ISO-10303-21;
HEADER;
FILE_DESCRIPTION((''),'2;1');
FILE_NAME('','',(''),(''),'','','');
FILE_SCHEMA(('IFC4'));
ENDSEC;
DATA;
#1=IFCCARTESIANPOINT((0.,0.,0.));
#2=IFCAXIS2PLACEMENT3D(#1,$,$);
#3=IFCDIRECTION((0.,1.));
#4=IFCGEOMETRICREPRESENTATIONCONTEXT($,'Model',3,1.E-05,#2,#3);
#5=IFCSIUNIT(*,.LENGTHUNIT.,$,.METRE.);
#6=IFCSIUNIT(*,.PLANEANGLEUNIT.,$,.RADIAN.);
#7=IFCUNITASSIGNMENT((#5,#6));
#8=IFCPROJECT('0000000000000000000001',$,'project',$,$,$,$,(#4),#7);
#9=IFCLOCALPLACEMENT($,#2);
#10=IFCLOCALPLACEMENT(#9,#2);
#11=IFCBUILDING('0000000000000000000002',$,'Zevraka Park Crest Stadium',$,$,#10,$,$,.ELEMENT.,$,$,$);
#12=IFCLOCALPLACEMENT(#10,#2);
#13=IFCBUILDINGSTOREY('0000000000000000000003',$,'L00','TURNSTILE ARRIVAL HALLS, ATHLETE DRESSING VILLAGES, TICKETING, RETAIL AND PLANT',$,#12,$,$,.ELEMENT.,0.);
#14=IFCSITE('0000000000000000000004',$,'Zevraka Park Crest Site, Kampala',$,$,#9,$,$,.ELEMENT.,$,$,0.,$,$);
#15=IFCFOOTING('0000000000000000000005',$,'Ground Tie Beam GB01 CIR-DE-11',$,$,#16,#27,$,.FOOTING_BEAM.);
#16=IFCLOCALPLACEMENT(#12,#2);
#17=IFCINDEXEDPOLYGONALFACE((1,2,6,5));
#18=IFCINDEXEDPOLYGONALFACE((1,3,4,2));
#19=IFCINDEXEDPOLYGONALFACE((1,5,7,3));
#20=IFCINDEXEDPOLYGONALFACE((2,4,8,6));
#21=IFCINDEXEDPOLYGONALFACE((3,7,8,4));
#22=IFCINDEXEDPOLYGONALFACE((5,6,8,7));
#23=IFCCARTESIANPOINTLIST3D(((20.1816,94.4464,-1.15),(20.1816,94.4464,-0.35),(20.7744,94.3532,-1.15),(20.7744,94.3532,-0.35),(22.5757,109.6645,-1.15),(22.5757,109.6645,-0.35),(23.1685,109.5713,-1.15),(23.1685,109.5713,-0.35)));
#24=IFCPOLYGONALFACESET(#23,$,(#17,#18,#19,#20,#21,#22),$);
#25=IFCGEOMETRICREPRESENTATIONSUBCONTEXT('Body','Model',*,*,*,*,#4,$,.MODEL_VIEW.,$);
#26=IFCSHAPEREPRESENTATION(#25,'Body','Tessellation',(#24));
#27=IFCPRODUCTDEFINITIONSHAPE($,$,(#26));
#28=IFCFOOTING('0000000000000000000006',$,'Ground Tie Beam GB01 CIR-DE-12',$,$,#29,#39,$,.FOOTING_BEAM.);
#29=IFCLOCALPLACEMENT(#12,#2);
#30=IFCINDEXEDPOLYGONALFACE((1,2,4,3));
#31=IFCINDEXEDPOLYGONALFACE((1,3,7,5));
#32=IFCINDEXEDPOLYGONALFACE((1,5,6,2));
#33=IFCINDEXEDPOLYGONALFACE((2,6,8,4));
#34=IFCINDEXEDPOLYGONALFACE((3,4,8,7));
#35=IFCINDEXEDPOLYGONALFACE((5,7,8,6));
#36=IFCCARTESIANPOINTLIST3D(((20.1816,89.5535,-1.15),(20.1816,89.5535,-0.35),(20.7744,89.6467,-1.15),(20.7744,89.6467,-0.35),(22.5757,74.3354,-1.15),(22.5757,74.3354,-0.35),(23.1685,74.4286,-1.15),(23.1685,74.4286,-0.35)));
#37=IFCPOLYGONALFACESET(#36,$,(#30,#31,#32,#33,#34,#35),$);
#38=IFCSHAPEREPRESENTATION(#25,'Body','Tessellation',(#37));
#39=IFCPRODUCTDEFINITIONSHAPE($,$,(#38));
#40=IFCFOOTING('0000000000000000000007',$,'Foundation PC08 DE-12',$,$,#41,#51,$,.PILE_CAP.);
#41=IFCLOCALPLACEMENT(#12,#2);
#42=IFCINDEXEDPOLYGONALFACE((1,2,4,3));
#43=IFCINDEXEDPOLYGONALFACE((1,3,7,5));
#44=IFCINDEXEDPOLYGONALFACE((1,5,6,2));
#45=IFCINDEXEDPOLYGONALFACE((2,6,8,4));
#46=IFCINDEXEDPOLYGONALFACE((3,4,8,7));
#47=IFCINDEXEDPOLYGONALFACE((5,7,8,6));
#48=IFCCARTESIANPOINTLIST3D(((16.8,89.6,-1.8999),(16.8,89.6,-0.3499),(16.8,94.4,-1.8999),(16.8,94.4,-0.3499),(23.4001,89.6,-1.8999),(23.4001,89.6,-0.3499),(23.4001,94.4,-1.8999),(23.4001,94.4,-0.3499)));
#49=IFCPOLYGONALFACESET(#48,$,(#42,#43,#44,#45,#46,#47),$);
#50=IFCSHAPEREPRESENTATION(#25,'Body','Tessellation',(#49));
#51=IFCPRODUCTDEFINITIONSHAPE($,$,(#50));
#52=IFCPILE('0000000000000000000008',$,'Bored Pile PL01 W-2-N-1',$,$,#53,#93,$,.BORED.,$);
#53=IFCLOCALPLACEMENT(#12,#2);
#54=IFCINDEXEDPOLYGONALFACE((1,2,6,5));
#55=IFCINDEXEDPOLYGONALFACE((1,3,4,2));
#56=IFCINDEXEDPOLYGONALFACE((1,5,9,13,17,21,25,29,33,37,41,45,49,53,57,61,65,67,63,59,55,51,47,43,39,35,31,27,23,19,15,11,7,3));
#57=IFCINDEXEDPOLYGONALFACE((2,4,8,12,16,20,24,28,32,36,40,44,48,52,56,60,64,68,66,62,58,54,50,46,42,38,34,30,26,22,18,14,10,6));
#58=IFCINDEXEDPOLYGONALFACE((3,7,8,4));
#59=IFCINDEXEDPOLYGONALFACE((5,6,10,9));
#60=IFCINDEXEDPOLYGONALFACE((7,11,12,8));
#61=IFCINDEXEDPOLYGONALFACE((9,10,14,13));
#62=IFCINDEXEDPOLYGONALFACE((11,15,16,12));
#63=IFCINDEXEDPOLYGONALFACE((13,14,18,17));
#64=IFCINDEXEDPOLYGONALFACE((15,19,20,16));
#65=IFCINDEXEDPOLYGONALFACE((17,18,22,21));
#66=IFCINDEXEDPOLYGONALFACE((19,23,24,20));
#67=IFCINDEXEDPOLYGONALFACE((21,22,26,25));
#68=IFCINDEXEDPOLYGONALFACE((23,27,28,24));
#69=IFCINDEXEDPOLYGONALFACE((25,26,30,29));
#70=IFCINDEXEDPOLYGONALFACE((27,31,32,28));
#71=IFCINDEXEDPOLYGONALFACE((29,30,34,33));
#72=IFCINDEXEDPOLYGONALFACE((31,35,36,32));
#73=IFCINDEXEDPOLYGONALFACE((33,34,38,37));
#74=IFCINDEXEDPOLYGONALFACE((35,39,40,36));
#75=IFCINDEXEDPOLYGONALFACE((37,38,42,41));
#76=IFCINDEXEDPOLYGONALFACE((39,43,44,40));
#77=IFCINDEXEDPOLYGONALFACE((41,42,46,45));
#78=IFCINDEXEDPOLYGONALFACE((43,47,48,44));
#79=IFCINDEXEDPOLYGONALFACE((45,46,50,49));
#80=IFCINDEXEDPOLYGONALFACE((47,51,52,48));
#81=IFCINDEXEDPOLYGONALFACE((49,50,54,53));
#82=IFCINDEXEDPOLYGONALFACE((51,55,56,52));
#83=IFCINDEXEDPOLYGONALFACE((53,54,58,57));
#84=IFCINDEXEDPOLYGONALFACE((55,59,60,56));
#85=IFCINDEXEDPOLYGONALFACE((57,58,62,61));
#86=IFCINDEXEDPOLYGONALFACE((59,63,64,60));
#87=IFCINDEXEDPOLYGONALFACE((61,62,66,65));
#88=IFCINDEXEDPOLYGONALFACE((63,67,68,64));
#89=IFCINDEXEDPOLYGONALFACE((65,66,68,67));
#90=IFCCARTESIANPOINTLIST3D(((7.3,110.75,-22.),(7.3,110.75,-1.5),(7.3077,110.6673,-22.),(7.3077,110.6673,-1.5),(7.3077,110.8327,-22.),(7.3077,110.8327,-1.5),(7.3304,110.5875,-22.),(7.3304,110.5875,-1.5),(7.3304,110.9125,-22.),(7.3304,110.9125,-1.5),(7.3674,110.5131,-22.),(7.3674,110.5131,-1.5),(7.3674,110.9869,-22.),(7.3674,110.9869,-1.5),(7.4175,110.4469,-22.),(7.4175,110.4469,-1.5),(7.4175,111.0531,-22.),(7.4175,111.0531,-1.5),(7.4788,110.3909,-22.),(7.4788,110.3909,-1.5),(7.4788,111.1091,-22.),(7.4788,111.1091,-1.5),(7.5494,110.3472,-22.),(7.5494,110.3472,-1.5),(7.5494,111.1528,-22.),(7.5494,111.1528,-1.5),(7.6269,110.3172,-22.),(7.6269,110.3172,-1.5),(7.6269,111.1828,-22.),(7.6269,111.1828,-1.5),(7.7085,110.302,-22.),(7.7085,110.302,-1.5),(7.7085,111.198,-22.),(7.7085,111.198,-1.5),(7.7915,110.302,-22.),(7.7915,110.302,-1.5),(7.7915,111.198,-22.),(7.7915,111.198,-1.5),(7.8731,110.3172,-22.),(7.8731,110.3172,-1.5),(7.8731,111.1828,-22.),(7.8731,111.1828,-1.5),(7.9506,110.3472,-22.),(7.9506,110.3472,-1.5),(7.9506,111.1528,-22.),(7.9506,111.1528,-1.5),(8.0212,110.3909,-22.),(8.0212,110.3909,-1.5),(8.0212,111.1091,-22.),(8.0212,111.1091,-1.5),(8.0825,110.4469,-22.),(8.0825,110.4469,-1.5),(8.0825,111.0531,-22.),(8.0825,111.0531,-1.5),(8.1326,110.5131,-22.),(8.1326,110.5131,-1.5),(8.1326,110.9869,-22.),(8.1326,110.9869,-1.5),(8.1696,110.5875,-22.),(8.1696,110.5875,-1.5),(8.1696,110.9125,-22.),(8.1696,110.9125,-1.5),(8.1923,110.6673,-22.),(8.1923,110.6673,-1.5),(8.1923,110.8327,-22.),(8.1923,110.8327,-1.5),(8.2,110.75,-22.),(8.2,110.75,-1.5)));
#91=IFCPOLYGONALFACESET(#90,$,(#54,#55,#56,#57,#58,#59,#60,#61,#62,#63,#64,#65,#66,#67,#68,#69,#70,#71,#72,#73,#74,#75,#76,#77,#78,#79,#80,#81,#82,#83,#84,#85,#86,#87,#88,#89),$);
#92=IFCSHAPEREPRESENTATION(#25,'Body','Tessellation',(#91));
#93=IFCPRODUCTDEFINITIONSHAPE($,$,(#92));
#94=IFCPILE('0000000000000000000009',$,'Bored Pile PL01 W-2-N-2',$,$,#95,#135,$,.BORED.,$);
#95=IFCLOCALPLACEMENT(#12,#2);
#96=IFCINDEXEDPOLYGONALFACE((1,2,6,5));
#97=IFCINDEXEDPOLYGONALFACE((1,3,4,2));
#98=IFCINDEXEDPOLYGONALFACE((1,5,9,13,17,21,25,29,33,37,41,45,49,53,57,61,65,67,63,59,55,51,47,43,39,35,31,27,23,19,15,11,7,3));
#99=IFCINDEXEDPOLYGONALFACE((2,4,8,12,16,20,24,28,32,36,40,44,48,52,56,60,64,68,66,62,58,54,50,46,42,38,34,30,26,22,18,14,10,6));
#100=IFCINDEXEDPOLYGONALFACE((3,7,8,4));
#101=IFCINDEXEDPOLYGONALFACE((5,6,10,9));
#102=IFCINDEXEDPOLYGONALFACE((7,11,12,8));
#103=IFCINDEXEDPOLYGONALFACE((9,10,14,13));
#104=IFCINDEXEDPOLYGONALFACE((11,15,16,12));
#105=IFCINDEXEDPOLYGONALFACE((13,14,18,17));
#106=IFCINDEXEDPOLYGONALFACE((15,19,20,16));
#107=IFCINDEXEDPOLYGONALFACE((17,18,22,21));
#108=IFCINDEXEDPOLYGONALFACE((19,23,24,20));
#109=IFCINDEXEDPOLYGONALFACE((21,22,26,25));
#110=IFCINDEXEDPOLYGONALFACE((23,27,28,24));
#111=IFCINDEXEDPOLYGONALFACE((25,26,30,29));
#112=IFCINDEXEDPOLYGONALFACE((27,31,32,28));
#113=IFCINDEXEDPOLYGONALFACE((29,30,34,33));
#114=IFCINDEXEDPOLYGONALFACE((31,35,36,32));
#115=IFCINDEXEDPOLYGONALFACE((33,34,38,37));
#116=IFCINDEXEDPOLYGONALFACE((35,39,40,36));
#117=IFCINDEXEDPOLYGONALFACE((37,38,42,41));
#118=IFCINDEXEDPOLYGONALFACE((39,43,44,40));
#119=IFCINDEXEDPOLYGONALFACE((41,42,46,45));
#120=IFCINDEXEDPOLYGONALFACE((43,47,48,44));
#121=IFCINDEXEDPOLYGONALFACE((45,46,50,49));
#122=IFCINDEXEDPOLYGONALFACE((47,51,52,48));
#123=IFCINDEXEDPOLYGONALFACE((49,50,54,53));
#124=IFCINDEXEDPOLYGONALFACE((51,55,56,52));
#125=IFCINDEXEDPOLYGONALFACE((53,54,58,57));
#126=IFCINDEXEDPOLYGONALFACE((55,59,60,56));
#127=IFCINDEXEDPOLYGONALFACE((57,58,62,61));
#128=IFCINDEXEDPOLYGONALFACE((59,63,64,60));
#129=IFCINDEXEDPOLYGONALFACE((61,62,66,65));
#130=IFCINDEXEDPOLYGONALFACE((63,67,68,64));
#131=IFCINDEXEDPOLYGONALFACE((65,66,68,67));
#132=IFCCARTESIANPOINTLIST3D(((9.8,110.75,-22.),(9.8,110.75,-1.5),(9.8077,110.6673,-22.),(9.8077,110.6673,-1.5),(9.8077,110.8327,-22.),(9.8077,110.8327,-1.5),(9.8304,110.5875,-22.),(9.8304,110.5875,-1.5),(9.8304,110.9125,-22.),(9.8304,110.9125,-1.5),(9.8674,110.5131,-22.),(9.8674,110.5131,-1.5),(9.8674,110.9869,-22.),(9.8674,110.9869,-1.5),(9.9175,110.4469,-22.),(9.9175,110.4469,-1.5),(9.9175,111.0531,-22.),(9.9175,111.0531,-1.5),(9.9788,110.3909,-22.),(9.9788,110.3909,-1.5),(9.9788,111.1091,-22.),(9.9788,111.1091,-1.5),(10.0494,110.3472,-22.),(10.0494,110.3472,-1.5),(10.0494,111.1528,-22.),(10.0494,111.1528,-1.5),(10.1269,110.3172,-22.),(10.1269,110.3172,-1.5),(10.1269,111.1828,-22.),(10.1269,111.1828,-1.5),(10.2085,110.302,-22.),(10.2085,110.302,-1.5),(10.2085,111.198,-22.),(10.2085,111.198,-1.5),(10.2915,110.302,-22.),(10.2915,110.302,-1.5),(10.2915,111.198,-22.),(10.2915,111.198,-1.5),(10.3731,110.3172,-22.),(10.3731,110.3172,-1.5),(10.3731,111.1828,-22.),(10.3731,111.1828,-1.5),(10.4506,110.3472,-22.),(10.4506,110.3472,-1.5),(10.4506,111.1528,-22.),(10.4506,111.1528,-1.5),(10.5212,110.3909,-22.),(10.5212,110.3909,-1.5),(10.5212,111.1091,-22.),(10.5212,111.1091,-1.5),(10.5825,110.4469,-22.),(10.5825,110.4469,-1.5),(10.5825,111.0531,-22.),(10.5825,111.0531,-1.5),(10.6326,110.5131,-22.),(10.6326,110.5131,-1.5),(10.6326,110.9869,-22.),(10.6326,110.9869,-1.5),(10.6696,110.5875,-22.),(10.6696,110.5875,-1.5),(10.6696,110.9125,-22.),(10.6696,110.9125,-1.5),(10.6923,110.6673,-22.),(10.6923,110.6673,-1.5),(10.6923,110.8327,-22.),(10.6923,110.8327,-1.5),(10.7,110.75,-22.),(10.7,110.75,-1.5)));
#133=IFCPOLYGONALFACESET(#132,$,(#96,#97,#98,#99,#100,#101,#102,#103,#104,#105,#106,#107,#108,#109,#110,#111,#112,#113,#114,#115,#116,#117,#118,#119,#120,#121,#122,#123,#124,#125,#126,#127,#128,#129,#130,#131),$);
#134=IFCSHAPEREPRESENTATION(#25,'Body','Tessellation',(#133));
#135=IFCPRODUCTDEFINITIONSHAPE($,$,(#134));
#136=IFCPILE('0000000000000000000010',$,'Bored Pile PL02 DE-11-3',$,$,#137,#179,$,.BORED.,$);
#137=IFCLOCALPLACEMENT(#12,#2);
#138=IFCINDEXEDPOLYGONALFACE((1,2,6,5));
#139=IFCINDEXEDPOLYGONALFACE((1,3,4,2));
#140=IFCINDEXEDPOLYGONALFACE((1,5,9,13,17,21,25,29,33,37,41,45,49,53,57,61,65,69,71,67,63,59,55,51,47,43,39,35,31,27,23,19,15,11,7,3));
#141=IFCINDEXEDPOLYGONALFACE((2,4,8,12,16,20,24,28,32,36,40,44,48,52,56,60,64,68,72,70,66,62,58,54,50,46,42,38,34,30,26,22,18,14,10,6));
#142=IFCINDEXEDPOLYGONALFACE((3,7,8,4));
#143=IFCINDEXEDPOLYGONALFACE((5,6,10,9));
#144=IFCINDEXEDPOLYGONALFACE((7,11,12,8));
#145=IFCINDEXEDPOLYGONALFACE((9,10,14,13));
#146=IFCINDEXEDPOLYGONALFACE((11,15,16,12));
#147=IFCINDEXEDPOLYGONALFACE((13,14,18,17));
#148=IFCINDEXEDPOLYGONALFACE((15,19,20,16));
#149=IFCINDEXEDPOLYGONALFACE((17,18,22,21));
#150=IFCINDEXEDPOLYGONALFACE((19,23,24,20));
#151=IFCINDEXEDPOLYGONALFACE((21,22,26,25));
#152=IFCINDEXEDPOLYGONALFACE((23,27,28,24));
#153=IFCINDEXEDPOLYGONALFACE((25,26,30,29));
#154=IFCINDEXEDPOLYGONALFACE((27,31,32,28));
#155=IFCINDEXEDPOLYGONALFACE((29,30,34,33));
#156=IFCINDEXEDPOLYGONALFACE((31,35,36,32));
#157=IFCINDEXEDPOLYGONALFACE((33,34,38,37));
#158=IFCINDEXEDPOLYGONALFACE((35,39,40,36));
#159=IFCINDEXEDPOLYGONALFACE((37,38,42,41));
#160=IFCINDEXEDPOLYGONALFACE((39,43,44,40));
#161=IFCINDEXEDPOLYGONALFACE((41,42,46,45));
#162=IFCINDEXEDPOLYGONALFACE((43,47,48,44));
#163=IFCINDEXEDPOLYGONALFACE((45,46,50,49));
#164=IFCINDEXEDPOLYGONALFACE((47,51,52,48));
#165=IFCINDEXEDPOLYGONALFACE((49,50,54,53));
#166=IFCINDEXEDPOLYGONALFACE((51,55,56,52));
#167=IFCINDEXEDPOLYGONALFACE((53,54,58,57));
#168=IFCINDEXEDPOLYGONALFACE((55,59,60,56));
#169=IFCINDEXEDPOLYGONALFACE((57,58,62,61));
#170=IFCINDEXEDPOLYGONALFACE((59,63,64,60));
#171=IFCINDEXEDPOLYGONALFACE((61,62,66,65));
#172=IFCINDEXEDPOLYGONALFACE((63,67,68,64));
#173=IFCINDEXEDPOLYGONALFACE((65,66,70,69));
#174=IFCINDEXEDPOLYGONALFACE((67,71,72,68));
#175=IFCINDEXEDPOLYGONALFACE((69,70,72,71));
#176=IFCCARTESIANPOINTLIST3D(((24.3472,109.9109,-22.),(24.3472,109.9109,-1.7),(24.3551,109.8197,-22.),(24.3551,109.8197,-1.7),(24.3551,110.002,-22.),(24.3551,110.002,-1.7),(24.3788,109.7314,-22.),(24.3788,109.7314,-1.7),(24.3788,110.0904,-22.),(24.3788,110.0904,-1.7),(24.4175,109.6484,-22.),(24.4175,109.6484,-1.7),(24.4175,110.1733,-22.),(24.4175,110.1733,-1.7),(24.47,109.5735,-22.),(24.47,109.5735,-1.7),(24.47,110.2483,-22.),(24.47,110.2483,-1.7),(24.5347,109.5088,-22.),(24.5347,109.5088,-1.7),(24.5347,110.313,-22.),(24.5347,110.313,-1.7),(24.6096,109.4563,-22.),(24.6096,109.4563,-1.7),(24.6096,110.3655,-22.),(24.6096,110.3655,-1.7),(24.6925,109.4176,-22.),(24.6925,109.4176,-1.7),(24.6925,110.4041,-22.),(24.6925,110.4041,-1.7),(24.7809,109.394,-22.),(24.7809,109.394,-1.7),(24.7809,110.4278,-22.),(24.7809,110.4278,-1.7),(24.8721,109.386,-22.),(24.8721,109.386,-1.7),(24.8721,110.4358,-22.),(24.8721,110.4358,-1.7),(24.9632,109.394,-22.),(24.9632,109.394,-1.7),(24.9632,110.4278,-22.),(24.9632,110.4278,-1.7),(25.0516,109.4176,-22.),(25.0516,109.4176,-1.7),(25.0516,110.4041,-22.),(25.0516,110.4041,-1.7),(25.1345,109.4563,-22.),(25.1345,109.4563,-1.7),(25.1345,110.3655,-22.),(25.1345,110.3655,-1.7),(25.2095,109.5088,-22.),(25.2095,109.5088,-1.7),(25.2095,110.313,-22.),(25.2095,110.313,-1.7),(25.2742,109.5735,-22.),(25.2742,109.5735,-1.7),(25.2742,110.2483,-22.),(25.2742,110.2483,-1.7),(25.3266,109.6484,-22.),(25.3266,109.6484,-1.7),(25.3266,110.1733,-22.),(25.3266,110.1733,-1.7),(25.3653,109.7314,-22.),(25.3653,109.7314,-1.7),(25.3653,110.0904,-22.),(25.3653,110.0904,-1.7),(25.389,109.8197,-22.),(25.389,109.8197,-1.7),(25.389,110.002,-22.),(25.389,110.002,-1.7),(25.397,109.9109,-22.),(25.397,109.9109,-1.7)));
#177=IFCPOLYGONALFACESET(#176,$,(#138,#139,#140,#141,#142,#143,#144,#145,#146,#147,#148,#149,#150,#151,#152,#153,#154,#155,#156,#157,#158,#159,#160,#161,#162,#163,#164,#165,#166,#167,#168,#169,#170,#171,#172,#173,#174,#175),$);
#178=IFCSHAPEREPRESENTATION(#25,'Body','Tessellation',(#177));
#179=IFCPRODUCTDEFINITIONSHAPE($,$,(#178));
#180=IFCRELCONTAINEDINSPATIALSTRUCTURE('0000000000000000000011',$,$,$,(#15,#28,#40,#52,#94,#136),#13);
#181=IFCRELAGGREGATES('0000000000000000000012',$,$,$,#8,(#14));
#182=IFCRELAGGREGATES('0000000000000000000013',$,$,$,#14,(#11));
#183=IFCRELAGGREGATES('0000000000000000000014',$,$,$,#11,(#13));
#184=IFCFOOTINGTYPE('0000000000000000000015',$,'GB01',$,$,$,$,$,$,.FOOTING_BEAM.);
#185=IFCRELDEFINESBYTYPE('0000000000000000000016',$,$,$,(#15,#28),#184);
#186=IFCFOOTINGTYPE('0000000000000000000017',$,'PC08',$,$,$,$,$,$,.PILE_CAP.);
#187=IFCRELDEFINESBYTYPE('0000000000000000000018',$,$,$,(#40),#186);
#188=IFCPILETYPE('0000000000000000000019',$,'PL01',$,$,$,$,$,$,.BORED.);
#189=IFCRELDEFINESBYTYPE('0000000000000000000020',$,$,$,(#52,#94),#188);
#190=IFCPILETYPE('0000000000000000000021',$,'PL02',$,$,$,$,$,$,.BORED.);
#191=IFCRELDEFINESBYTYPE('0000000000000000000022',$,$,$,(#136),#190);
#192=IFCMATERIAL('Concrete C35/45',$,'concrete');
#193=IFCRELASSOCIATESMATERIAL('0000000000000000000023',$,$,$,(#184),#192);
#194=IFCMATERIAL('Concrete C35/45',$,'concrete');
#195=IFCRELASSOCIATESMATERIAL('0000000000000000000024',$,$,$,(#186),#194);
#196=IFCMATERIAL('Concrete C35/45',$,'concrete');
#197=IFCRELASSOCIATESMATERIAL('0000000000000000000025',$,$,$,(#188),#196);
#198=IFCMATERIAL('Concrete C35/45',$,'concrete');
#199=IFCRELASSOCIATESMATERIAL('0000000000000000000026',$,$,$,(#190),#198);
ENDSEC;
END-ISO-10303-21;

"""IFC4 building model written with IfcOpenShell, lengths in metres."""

from ifc_helpers import new_model, si_unit, direction, frame, origin, origin_2d, place, context, subcontext, project, spatial, rectangle, circle, extrude, material, material_profile, profile_set, type_object, element, save


model = new_model("IFC4")

# Units and contexts
model_context = context("Model", 3, precision=1e-05, world=origin(), true_north=direction((0.0, 1.0)))
body_context = subcontext(model_context, "Body", "Model", "MODEL_VIEW")
ifc_project = project(units=[si_unit("LENGTHUNIT", "METRE"), si_unit("PLANEANGLEUNIT", "RADIAN")], contexts=[model_context])

# Site, building, storey
site_placement = place(None, origin())
site = spatial("IfcSite", under=ifc_project, at=site_placement, Name="Zevraka Park Crest Site, Kampala", CompositionType="ELEMENT", RefElevation=0.0)
building_placement = place(site_placement, origin())
building = spatial("IfcBuilding", under=site, at=building_placement, Name="Zevraka Park Crest Stadium", CompositionType="ELEMENT")
storey_placement = place(building_placement, origin())
storey = spatial("IfcBuildingStorey", under=building, at=storey_placement, Name="L00", Description="TURNSTILE ARRIVAL HALLS, ATHLETE DRESSING VILLAGES, TICKETING, RETAIL AND PLANT", CompositionType="ELEMENT", Elevation=0.0)

# Footings
ifc_material_1 = material(Name="Concrete C35/45", Category="concrete")
ifc_material_profile_1 = material_profile(ifc_material_1, rectangle(XDim=0.6001, YDim=0.8, at=origin_2d()), Name="GB 800x600")
ifc_profile_set_1 = profile_set([ifc_material_profile_1], Name="Concrete C35/45")
footing_type_1 = type_object("IfcFootingType", Name="GB01", PredefinedType="FOOTING_BEAM", material=ifc_profile_set_1)
for number, where, z_axis, x_axis, name in (
    (1, (22.8721, 109.6179, -0.75), (-0.155405, -0.987851, 0.0), (0.987851, -0.155405, 0.0), "Ground Tie Beam GB01 CIR-DE-11"),
    (2, (20.478, 89.6001, -0.75), (0.155405, -0.987851, 0.0), (0.987851, 0.155405, 0.0), "Ground Tie Beam GB01 CIR-DE-12"),
):
    element("IfcFooting", number, at=place(storey_placement, frame(where, z_axis=z_axis, x_axis=x_axis)), inside=storey, type_object=footing_type_1, Name=name, PredefinedType="FOOTING_BEAM", context=body_context, shape_type="SweptSolid", body=[
        extrude(rectangle(XDim=0.6001, YDim=0.8, at=origin_2d()), origin(), (0.0, 0.0, 1.0), 15.4053),
    ])
ifc_material_2 = material(Name="Concrete C35/45", Category="concrete")
footing_type_2 = type_object("IfcFootingType", Name="PC08", PredefinedType="PILE_CAP", material=ifc_material_2)
footing_placement = place(storey_placement, frame((20.1001, 92.0, -1.8999), z_axis=(0.0, 0.0, 1.0), x_axis=(1.0, 0.0, 0.0)))
element("IfcFooting", 3, at=footing_placement, inside=storey, type_object=footing_type_2, Name="Foundation PC08 DE-12", PredefinedType="PILE_CAP", context=body_context, shape_type="SweptSolid", body=[
    extrude(rectangle(XDim=6.6001, YDim=4.8, at=origin_2d()), origin(), (0.0, 0.0, 1.0), 1.55),
])

# Piles
ifc_material_3 = material(Name="Concrete C35/45", Category="concrete")
ifc_material_profile_2 = material_profile(ifc_material_3, circle(Radius=0.45, at=origin_2d()), Name="PILE D900")
ifc_profile_set_2 = profile_set([ifc_material_profile_2], Name="Concrete C35/45")
pile_type_1 = type_object("IfcPileType", Name="PL01", PredefinedType="BORED", material=ifc_profile_set_2)
for number, where, z_axis, x_axis, name in (
    (4, (7.75, 110.75, -1.5), (0.0, 0.0, -1.0), (1.0, 0.0, 0.0), "Bored Pile PL01 W-2-N-1"),
    (5, (10.25, 110.75, -1.5), (0.0, 0.0, -1.0), (1.0, 0.0, 0.0), "Bored Pile PL01 W-2-N-2"),
):
    element("IfcPile", number, at=place(storey_placement, frame(where, z_axis=z_axis, x_axis=x_axis)), inside=storey, type_object=pile_type_1, Name=name, PredefinedType="BORED", context=body_context, shape_type="SweptSolid", body=[
        extrude(circle(Radius=0.45, at=origin_2d()), origin(), (0.0, 0.0, 1.0), 20.5),
    ])
ifc_material_4 = material(Name="Concrete C35/45", Category="concrete")
ifc_material_profile_3 = material_profile(ifc_material_4, circle(Radius=0.5249, at=origin_2d()), Name="PILE D1050")
ifc_profile_set_3 = profile_set([ifc_material_profile_3], Name="Concrete C35/45")
pile_type_2 = type_object("IfcPileType", Name="PL02", PredefinedType="BORED", material=ifc_profile_set_3)
for number, where, z_axis, x_axis, name in (
    (6, (24.8721, 109.9109, -1.7), (0.0, 0.0, -1.0), (1.0, 0.0, 0.0), "Bored Pile PL02 DE-11-3"),
):
    element("IfcPile", number, at=place(storey_placement, frame(where, z_axis=z_axis, x_axis=x_axis)), inside=storey, type_object=pile_type_2, Name=name, PredefinedType="BORED", context=body_context, shape_type="SweptSolid", body=[
        extrude(circle(Radius=0.5249, at=origin_2d()), origin(), (0.0, 0.0, 1.0), 20.3),
    ])

save(model, "model.ifc")
